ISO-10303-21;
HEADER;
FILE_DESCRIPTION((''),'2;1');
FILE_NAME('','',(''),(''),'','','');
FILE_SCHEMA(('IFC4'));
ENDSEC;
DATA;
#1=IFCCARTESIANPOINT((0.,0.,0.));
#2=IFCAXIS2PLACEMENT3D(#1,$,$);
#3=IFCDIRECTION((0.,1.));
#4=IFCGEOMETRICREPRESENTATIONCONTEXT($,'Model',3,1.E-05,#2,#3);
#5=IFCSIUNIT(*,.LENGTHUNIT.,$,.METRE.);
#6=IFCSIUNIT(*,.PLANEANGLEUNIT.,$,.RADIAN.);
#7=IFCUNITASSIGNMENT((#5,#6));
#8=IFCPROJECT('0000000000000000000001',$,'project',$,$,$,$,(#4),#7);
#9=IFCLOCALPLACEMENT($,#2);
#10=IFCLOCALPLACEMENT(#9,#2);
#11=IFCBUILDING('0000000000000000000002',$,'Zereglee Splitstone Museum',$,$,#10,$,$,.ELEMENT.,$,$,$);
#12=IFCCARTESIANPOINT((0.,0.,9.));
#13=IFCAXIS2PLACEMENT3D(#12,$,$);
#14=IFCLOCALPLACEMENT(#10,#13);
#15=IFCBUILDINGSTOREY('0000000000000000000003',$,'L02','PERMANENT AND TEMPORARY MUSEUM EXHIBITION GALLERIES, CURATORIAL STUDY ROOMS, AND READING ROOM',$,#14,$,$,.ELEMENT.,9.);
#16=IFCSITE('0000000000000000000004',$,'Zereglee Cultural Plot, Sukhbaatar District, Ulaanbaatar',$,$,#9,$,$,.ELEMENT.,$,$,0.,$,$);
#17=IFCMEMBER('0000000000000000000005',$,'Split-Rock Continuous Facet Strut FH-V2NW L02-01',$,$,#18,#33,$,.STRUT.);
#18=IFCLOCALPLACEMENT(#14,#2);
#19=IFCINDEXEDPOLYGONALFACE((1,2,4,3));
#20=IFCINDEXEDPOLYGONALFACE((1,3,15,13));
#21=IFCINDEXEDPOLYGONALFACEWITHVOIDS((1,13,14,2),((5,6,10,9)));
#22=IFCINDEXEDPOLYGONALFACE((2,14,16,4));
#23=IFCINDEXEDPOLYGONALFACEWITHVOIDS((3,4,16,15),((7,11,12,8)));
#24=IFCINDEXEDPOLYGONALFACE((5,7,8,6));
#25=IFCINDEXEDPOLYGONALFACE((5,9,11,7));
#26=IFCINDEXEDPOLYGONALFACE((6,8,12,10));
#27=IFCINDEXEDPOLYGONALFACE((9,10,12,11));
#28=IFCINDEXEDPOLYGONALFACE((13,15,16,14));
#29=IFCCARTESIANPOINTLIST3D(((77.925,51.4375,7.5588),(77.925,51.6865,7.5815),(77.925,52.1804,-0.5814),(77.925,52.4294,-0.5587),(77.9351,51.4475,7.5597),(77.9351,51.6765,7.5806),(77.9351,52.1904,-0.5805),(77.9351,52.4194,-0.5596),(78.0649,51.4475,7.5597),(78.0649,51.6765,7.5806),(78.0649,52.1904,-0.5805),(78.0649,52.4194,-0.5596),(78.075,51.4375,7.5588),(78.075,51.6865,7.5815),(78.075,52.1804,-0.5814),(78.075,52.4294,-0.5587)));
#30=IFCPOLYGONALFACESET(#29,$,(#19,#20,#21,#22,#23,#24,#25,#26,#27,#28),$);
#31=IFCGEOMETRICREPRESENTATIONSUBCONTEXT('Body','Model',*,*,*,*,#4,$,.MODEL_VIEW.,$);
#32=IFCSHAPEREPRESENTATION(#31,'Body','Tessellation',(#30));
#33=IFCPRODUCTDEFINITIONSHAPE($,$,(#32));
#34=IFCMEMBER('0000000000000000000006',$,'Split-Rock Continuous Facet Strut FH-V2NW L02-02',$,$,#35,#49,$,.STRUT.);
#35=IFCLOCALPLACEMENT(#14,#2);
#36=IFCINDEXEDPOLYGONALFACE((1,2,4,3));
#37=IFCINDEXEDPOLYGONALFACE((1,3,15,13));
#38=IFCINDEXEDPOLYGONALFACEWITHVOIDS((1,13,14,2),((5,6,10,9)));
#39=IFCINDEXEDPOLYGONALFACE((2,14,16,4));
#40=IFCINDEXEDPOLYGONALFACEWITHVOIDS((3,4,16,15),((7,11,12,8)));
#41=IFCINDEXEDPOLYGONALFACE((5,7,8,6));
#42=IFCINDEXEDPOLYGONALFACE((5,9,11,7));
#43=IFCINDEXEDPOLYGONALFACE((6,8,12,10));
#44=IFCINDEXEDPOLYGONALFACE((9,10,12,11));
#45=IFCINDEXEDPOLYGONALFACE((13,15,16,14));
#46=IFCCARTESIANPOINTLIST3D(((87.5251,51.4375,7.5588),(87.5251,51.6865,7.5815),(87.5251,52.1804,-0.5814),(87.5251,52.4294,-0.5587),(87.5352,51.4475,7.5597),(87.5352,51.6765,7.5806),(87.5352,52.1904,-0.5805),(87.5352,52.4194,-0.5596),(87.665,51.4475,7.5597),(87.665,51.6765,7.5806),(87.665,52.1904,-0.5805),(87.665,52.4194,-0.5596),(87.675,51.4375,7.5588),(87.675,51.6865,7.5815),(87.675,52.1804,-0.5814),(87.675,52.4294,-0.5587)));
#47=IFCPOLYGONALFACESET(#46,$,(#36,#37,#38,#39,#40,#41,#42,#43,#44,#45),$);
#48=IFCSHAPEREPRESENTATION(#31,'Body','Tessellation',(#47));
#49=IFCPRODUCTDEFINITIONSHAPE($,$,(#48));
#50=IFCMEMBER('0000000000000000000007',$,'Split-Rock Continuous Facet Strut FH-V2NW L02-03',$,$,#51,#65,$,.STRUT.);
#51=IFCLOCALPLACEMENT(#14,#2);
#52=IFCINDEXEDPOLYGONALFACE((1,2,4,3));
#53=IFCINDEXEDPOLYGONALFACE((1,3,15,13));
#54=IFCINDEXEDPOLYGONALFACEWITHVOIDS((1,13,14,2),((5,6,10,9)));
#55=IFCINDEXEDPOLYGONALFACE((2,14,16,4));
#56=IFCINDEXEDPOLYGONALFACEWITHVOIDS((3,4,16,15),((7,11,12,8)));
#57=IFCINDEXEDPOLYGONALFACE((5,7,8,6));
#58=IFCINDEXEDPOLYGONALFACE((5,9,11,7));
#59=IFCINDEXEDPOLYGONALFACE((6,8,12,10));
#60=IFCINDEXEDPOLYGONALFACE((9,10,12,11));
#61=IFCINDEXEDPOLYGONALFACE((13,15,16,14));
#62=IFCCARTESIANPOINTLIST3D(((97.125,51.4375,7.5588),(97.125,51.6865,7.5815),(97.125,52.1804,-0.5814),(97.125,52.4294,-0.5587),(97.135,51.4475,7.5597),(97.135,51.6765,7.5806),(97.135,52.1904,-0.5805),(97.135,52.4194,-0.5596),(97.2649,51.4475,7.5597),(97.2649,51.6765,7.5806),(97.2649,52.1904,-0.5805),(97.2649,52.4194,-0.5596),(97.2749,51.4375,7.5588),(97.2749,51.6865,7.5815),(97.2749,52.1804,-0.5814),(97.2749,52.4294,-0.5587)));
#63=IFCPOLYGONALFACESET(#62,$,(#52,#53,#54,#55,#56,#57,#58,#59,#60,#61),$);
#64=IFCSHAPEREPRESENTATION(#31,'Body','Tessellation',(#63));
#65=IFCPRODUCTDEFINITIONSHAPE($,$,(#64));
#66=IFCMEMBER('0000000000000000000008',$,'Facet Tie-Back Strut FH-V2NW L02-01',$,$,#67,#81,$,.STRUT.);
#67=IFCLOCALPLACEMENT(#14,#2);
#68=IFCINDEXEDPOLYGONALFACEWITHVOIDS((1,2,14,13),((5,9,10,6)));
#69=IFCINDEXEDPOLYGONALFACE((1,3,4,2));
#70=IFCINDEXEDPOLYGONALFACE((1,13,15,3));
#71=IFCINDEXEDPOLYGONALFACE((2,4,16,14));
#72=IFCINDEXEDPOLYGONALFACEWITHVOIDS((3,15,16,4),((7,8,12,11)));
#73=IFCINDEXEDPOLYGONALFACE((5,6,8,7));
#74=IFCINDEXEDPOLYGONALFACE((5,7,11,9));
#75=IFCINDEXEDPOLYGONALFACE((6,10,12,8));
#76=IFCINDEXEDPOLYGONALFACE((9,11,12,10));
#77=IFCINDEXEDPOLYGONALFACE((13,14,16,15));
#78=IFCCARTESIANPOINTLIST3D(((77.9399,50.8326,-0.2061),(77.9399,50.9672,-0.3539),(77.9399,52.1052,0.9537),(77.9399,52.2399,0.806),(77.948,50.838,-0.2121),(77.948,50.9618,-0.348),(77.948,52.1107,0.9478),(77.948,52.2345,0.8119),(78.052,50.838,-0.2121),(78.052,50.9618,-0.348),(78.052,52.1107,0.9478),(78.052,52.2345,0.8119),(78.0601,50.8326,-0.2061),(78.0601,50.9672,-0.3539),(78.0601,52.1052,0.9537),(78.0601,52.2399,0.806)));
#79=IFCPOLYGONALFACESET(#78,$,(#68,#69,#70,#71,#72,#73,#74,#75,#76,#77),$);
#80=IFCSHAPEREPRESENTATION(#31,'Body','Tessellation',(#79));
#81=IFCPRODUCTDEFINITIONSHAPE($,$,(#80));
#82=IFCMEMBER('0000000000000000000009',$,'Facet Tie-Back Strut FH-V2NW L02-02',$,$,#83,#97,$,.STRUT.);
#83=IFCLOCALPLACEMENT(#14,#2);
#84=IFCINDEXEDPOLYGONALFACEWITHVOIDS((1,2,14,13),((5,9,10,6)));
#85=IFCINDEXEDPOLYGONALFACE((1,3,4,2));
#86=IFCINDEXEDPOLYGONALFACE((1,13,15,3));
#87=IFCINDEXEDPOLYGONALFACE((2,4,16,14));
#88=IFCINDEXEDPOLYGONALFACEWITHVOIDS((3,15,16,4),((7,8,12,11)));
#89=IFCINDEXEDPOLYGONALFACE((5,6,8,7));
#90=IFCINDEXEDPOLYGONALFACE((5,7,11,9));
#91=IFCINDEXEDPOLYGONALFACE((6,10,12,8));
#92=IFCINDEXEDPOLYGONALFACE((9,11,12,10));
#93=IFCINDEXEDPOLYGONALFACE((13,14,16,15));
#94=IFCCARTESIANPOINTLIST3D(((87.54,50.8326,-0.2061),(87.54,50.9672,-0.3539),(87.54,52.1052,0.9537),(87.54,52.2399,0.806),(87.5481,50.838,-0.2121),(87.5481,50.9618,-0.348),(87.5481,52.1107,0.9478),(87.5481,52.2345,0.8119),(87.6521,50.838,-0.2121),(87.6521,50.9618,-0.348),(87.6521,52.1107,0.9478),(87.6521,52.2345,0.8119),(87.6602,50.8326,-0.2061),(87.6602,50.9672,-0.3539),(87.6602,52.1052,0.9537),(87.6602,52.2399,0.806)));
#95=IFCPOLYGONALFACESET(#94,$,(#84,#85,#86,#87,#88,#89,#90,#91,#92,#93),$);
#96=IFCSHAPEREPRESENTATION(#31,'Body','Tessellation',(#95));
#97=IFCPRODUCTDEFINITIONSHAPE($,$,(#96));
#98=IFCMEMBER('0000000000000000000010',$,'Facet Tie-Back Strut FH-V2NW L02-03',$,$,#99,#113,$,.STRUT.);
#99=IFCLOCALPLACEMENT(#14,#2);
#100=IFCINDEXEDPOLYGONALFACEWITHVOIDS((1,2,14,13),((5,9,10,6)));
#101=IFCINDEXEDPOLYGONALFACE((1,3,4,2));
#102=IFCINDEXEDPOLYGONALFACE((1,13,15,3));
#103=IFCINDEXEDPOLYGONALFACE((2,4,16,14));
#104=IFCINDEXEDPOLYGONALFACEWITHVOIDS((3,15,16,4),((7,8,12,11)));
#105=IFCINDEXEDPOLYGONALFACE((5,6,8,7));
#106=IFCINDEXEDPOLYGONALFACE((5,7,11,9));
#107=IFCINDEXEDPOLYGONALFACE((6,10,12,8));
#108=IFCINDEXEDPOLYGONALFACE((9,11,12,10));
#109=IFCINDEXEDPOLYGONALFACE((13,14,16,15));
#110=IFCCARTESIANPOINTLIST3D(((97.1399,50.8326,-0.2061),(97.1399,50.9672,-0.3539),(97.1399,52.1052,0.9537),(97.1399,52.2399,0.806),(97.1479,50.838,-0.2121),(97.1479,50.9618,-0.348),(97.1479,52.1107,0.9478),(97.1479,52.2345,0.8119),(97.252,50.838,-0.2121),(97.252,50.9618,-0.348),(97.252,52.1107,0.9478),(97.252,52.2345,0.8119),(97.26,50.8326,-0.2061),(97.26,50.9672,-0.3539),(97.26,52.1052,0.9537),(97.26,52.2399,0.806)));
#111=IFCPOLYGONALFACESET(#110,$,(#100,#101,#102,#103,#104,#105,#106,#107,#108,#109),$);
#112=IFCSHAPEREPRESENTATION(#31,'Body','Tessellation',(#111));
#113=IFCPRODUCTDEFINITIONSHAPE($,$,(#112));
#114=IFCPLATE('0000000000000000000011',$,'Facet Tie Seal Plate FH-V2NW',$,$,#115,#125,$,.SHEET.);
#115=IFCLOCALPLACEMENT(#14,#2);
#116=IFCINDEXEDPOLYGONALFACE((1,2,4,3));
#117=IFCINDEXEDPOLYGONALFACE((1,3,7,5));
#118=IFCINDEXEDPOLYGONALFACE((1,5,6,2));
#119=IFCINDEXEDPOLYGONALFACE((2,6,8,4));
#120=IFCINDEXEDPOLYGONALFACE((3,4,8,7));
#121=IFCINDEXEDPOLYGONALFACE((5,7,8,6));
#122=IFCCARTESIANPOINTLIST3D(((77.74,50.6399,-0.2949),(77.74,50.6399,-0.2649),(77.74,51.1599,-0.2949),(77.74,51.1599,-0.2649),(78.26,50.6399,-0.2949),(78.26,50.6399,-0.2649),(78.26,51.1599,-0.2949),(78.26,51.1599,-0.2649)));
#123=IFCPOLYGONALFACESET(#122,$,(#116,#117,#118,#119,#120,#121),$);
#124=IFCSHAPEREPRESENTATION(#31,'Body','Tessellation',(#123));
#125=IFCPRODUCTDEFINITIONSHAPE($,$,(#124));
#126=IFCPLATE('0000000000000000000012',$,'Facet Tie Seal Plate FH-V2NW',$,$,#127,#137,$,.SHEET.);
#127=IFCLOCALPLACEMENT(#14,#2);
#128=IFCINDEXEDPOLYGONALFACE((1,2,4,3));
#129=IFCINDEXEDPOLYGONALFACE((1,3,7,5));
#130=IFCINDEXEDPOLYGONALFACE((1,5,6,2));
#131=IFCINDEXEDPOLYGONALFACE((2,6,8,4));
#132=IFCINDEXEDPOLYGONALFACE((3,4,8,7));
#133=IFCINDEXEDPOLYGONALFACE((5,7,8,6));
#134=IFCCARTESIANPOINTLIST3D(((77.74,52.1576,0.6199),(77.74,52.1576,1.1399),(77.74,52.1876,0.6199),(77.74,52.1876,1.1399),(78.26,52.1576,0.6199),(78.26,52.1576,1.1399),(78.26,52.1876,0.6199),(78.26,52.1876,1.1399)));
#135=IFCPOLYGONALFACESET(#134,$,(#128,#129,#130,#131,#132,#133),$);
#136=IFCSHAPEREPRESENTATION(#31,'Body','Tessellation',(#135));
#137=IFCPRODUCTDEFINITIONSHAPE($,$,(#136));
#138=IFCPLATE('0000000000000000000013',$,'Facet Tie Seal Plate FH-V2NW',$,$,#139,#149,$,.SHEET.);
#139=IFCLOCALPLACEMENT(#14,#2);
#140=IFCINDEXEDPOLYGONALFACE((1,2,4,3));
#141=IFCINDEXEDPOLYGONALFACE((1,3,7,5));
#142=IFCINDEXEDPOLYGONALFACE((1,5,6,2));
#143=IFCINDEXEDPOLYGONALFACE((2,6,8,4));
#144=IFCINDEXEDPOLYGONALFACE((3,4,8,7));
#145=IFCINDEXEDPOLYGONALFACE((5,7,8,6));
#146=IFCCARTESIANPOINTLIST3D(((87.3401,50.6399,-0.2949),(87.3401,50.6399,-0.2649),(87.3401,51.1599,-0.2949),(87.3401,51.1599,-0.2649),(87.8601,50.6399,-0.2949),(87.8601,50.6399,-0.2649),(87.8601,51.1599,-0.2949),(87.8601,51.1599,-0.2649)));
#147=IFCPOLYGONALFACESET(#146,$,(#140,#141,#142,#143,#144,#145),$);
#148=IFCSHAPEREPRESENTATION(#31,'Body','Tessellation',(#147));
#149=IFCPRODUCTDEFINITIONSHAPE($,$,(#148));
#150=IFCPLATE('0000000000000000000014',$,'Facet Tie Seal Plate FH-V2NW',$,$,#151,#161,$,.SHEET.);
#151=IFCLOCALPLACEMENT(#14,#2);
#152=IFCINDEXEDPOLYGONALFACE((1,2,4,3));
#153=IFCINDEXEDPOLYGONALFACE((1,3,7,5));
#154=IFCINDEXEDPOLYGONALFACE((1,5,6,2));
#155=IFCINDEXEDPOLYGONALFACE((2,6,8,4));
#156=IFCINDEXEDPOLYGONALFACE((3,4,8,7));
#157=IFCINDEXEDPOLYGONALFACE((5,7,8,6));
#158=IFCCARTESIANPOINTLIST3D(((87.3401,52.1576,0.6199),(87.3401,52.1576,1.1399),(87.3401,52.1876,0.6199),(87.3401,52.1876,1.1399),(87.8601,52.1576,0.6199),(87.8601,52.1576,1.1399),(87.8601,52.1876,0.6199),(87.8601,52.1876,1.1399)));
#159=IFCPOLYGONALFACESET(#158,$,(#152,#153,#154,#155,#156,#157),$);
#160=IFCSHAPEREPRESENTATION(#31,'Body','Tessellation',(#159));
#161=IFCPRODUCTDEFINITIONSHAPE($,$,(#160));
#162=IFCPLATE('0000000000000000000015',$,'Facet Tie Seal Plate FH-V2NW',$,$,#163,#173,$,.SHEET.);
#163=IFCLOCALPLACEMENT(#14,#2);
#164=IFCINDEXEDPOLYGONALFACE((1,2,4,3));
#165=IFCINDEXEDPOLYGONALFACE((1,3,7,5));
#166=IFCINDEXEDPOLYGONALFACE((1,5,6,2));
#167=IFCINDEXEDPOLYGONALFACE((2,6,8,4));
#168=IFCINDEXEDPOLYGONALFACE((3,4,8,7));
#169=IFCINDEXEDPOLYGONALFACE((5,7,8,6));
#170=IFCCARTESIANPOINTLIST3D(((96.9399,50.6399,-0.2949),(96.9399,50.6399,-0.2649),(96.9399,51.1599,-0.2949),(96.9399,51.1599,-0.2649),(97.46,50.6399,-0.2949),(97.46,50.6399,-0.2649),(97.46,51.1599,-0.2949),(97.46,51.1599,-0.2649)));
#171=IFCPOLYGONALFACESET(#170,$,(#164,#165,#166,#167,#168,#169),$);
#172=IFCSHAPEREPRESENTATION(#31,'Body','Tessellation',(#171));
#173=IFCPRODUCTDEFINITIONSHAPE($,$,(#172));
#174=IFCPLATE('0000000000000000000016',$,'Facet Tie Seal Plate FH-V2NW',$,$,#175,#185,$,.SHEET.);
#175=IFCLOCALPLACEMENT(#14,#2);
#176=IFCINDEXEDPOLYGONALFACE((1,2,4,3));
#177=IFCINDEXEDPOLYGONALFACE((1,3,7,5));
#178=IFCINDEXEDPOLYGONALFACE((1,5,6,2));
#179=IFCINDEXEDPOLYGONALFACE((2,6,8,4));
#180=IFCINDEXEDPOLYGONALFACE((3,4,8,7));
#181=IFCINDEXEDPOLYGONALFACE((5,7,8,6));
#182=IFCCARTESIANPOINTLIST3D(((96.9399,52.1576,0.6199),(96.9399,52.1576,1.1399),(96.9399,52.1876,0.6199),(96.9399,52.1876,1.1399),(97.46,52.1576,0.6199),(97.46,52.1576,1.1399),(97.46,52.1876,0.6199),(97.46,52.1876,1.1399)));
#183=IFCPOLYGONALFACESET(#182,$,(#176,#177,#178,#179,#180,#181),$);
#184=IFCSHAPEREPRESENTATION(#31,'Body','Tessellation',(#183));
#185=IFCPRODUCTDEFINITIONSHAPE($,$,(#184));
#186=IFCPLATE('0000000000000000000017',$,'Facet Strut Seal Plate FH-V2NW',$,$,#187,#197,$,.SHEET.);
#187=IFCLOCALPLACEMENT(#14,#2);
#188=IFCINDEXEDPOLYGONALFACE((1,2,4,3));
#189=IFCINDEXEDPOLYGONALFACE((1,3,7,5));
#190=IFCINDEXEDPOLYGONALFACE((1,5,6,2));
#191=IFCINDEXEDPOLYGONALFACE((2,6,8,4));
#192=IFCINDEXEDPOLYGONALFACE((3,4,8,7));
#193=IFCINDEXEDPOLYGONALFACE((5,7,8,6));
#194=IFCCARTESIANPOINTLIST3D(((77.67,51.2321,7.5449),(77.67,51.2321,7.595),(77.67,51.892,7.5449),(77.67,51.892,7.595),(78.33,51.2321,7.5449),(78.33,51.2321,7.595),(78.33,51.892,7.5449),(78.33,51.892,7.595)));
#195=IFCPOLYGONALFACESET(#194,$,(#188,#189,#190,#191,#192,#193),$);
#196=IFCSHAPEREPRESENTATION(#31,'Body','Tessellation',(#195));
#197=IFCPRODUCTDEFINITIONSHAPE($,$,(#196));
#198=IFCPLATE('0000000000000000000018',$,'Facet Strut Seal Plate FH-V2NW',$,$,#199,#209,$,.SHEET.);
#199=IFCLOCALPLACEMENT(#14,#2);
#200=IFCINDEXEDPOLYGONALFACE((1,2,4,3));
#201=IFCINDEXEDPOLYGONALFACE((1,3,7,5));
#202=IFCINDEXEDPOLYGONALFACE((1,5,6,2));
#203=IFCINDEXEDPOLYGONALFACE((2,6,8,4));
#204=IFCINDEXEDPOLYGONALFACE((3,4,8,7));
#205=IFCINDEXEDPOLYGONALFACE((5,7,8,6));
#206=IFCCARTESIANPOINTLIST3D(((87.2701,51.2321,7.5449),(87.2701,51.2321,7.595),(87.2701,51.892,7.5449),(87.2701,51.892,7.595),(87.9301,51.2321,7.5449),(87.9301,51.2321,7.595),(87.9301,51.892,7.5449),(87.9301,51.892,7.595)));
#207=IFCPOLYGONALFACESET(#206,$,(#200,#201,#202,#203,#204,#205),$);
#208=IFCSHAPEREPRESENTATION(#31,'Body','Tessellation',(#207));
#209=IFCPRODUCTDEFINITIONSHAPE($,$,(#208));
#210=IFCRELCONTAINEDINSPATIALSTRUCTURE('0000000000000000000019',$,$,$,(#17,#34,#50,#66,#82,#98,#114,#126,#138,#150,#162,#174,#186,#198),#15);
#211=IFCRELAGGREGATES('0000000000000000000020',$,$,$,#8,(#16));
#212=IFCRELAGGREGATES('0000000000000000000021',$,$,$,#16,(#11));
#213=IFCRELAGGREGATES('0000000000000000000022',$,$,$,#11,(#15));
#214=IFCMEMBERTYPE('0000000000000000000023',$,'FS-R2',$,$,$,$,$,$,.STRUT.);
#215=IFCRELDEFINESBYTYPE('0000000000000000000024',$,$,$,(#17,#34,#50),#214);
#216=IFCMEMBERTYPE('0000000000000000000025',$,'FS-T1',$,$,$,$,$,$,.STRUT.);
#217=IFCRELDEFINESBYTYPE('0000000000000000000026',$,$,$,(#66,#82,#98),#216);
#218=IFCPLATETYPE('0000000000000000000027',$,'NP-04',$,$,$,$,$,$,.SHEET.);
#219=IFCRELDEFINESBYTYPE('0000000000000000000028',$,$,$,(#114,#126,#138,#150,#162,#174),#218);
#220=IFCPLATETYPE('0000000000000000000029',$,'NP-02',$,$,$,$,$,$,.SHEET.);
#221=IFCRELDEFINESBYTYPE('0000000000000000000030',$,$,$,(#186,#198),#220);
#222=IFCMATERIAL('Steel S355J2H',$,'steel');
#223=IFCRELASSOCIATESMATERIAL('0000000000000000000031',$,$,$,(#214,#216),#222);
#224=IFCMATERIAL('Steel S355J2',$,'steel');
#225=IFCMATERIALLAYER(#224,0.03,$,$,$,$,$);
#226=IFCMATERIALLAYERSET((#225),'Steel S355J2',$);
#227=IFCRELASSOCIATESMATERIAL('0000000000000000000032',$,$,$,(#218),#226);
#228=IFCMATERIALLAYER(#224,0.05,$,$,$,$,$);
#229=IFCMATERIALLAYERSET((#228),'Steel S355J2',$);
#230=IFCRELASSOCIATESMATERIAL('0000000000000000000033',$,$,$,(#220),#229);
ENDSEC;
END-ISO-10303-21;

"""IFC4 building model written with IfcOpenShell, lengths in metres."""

from ifc_helpers import new_model, si_unit, direction, frame, origin, origin_2d, place, context, subcontext, project, spatial, rectangle, hollow_rectangle, extrude, material, layer, layer_set, material_profile, profile_set, type_object, element, save


model = new_model("IFC4")

# Units and contexts
model_context = context("Model", 3, precision=1e-05, world=origin(), true_north=direction((0.0, 1.0)))
body_context = subcontext(model_context, "Body", "Model", "MODEL_VIEW")
ifc_project = project(units=[si_unit("LENGTHUNIT", "METRE"), si_unit("PLANEANGLEUNIT", "RADIAN")], contexts=[model_context])

# Site, building, storey
site_placement = place(None, origin())
site = spatial("IfcSite", under=ifc_project, at=site_placement, Name="Zereglee Cultural Plot, Sukhbaatar District, Ulaanbaatar", CompositionType="ELEMENT", RefElevation=0.0)
building_placement = place(site_placement, origin())
building = spatial("IfcBuilding", under=site, at=building_placement, Name="Zereglee Splitstone Museum", CompositionType="ELEMENT")
storey_placement = place(building_placement, frame((0.0, 0.0, 9.0)))
storey = spatial("IfcBuildingStorey", under=building, at=storey_placement, Name="L02", Description="PERMANENT AND TEMPORARY MUSEUM EXHIBITION GALLERIES, CURATORIAL STUDY ROOMS, AND READING ROOM", CompositionType="ELEMENT", Elevation=9.0)

# Shared definitions
ifc_material_1 = material(Name="Steel S355J2H", Category="steel")
ifc_material_2 = material(Name="Steel S355J2", Category="steel")

# Members
ifc_material_profile_1 = material_profile(ifc_material_1, hollow_rectangle(XDim=0.1499, YDim=0.25, WallThickness=0.01, at=origin_2d()), Name="RHS 250x150x10")
ifc_profile_set_1 = profile_set([ifc_material_profile_1], Name="Steel S355J2H")
member_type_1 = type_object("IfcMemberType", Name="FS-R2", PredefinedType="STRUT", material=ifc_profile_set_1)
for number, where, z_axis, x_axis, name in (
    (1, (78.0, 52.3049, -0.5701), (0.0, -0.090889, 0.995861), (1.0, 0.0, 0.0), "Split-Rock Continuous Facet Strut FH-V2NW L02-01"),
    (2, (87.6001, 52.3049, -0.5701), (0.0, -0.090889, 0.995861), (1.0, 0.0, 0.0), "Split-Rock Continuous Facet Strut FH-V2NW L02-02"),
    (3, (97.2, 52.3049, -0.5701), (0.0, -0.090889, 0.995861), (1.0, 0.0, 0.0), "Split-Rock Continuous Facet Strut FH-V2NW L02-03"),
):
    element("IfcMember", number, at=place(storey_placement, frame(where, z_axis=z_axis, x_axis=x_axis)), inside=storey, type_object=member_type_1, Name=name, PredefinedType="STRUT", context=body_context, shape_type="SweptSolid", body=[
        extrude(hollow_rectangle(XDim=0.1499, YDim=0.25, WallThickness=0.01, at=origin_2d()), origin(), (0.0, 0.0, 1.0), 8.1741),
    ])
ifc_material_profile_2 = material_profile(ifc_material_1, hollow_rectangle(XDim=0.1201, YDim=0.2, WallThickness=0.0081, at=origin_2d()), Name="RHS 200x120x8")
ifc_profile_set_2 = profile_set([ifc_material_profile_2], Name="Steel S355J2H")
member_type_2 = type_object("IfcMemberType", Name="FS-T1", PredefinedType="STRUT", material=ifc_profile_set_2)
for number, where, z_axis, x_axis, name in (
    (4, (78.0, 50.8999, -0.28), (0.0, 0.739099, 0.673597), (-1.0, 0.0, 0.0), "Facet Tie-Back Strut FH-V2NW L02-01"),
    (5, (87.6001, 50.8999, -0.28), (0.0, 0.739099, 0.673597), (-1.0, 0.0, 0.0), "Facet Tie-Back Strut FH-V2NW L02-02"),
    (6, (97.2, 50.8999, -0.28), (0.0, 0.739099, 0.673597), (-1.0, 0.0, 0.0), "Facet Tie-Back Strut FH-V2NW L02-03"),
):
    element("IfcMember", number, at=place(storey_placement, frame(where, z_axis=z_axis, x_axis=x_axis)), inside=storey, type_object=member_type_2, Name=name, PredefinedType="STRUT", context=body_context, shape_type="SweptSolid", body=[
        extrude(hollow_rectangle(XDim=0.1201, YDim=0.2, WallThickness=0.0081, at=origin_2d()), origin(), (0.0, 0.0, 1.0), 1.7219),
    ])

# Plates
ifc_layer_1 = layer(ifc_material_2, 0.03)
ifc_layer_set_1 = layer_set([ifc_layer_1], Name="Steel S355J2")
plate_type_1 = type_object("IfcPlateType", Name="NP-04", PredefinedType="SHEET", material=ifc_layer_set_1)
plate_1_placement = place(storey_placement, frame((78.0, 50.8999, -0.2949), z_axis=(0.0, 0.0, 1.0), x_axis=(1.0, 0.0, 0.0)))
element("IfcPlate", 7, at=plate_1_placement, inside=storey, type_object=plate_type_1, Name="Facet Tie Seal Plate FH-V2NW", PredefinedType="SHEET", context=body_context, shape_type="SweptSolid", body=[
    extrude(rectangle(XDim=0.52, YDim=0.52, at=origin_2d()), origin(), (0.0, 0.0, 1.0), 0.03),
])
plate_2_placement = place(storey_placement, frame((78.0, 52.1726, 0.6199), z_axis=(0.0, 0.0, 1.0), x_axis=(1.0, 0.0, 0.0)))
element("IfcPlate", 8, at=plate_2_placement, inside=storey, type_object=plate_type_1, Name="Facet Tie Seal Plate FH-V2NW", PredefinedType="SHEET", context=body_context, shape_type="SweptSolid", body=[
    extrude(rectangle(XDim=0.52, YDim=0.03, at=origin_2d()), origin(), (0.0, 0.0, 1.0), 0.52),
])
plate_3_placement = place(storey_placement, frame((87.6001, 50.8999, -0.2949), z_axis=(0.0, 0.0, 1.0), x_axis=(1.0, 0.0, 0.0)))
element("IfcPlate", 9, at=plate_3_placement, inside=storey, type_object=plate_type_1, Name="Facet Tie Seal Plate FH-V2NW", PredefinedType="SHEET", context=body_context, shape_type="SweptSolid", body=[
    extrude(rectangle(XDim=0.52, YDim=0.52, at=origin_2d()), origin(), (0.0, 0.0, 1.0), 0.03),
])
plate_4_placement = place(storey_placement, frame((87.6001, 52.1726, 0.6199), z_axis=(0.0, 0.0, 1.0), x_axis=(1.0, 0.0, 0.0)))
element("IfcPlate", 10, at=plate_4_placement, inside=storey, type_object=plate_type_1, Name="Facet Tie Seal Plate FH-V2NW", PredefinedType="SHEET", context=body_context, shape_type="SweptSolid", body=[
    extrude(rectangle(XDim=0.52, YDim=0.03, at=origin_2d()), origin(), (0.0, 0.0, 1.0), 0.52),
])
plate_5_placement = place(storey_placement, frame((97.2, 50.8999, -0.2949), z_axis=(0.0, 0.0, 1.0), x_axis=(1.0, 0.0, 0.0)))
element("IfcPlate", 11, at=plate_5_placement, inside=storey, type_object=plate_type_1, Name="Facet Tie Seal Plate FH-V2NW", PredefinedType="SHEET", context=body_context, shape_type="SweptSolid", body=[
    extrude(rectangle(XDim=0.52, YDim=0.52, at=origin_2d()), origin(), (0.0, 0.0, 1.0), 0.03),
])
plate_6_placement = place(storey_placement, frame((97.2, 52.1726, 0.6199), z_axis=(0.0, 0.0, 1.0), x_axis=(1.0, 0.0, 0.0)))
element("IfcPlate", 12, at=plate_6_placement, inside=storey, type_object=plate_type_1, Name="Facet Tie Seal Plate FH-V2NW", PredefinedType="SHEET", context=body_context, shape_type="SweptSolid", body=[
    extrude(rectangle(XDim=0.52, YDim=0.03, at=origin_2d()), origin(), (0.0, 0.0, 1.0), 0.52),
])
ifc_layer_2 = layer(ifc_material_2, 0.05)
ifc_layer_set_2 = layer_set([ifc_layer_2], Name="Steel S355J2")
plate_type_2 = type_object("IfcPlateType", Name="NP-02", PredefinedType="SHEET", material=ifc_layer_set_2)
for number, where, z_axis, x_axis, name in (
    (13, (78.0, 51.562, 7.5449), (0.0, 0.0, 1.0), (1.0, 0.0, 0.0), "Facet Strut Seal Plate FH-V2NW"),
    (14, (87.6001, 51.562, 7.5449), (0.0, 0.0, 1.0), (1.0, 0.0, 0.0), "Facet Strut Seal Plate FH-V2NW"),
):
    element("IfcPlate", number, at=place(storey_placement, frame(where, z_axis=z_axis, x_axis=x_axis)), inside=storey, type_object=plate_type_2, Name=name, PredefinedType="SHEET", context=body_context, shape_type="SweptSolid", body=[
        extrude(rectangle(XDim=0.6599, YDim=0.6599, at=origin_2d()), origin(), (0.0, 0.0, 1.0), 0.05),
    ])

save(model, "model.ifc")
